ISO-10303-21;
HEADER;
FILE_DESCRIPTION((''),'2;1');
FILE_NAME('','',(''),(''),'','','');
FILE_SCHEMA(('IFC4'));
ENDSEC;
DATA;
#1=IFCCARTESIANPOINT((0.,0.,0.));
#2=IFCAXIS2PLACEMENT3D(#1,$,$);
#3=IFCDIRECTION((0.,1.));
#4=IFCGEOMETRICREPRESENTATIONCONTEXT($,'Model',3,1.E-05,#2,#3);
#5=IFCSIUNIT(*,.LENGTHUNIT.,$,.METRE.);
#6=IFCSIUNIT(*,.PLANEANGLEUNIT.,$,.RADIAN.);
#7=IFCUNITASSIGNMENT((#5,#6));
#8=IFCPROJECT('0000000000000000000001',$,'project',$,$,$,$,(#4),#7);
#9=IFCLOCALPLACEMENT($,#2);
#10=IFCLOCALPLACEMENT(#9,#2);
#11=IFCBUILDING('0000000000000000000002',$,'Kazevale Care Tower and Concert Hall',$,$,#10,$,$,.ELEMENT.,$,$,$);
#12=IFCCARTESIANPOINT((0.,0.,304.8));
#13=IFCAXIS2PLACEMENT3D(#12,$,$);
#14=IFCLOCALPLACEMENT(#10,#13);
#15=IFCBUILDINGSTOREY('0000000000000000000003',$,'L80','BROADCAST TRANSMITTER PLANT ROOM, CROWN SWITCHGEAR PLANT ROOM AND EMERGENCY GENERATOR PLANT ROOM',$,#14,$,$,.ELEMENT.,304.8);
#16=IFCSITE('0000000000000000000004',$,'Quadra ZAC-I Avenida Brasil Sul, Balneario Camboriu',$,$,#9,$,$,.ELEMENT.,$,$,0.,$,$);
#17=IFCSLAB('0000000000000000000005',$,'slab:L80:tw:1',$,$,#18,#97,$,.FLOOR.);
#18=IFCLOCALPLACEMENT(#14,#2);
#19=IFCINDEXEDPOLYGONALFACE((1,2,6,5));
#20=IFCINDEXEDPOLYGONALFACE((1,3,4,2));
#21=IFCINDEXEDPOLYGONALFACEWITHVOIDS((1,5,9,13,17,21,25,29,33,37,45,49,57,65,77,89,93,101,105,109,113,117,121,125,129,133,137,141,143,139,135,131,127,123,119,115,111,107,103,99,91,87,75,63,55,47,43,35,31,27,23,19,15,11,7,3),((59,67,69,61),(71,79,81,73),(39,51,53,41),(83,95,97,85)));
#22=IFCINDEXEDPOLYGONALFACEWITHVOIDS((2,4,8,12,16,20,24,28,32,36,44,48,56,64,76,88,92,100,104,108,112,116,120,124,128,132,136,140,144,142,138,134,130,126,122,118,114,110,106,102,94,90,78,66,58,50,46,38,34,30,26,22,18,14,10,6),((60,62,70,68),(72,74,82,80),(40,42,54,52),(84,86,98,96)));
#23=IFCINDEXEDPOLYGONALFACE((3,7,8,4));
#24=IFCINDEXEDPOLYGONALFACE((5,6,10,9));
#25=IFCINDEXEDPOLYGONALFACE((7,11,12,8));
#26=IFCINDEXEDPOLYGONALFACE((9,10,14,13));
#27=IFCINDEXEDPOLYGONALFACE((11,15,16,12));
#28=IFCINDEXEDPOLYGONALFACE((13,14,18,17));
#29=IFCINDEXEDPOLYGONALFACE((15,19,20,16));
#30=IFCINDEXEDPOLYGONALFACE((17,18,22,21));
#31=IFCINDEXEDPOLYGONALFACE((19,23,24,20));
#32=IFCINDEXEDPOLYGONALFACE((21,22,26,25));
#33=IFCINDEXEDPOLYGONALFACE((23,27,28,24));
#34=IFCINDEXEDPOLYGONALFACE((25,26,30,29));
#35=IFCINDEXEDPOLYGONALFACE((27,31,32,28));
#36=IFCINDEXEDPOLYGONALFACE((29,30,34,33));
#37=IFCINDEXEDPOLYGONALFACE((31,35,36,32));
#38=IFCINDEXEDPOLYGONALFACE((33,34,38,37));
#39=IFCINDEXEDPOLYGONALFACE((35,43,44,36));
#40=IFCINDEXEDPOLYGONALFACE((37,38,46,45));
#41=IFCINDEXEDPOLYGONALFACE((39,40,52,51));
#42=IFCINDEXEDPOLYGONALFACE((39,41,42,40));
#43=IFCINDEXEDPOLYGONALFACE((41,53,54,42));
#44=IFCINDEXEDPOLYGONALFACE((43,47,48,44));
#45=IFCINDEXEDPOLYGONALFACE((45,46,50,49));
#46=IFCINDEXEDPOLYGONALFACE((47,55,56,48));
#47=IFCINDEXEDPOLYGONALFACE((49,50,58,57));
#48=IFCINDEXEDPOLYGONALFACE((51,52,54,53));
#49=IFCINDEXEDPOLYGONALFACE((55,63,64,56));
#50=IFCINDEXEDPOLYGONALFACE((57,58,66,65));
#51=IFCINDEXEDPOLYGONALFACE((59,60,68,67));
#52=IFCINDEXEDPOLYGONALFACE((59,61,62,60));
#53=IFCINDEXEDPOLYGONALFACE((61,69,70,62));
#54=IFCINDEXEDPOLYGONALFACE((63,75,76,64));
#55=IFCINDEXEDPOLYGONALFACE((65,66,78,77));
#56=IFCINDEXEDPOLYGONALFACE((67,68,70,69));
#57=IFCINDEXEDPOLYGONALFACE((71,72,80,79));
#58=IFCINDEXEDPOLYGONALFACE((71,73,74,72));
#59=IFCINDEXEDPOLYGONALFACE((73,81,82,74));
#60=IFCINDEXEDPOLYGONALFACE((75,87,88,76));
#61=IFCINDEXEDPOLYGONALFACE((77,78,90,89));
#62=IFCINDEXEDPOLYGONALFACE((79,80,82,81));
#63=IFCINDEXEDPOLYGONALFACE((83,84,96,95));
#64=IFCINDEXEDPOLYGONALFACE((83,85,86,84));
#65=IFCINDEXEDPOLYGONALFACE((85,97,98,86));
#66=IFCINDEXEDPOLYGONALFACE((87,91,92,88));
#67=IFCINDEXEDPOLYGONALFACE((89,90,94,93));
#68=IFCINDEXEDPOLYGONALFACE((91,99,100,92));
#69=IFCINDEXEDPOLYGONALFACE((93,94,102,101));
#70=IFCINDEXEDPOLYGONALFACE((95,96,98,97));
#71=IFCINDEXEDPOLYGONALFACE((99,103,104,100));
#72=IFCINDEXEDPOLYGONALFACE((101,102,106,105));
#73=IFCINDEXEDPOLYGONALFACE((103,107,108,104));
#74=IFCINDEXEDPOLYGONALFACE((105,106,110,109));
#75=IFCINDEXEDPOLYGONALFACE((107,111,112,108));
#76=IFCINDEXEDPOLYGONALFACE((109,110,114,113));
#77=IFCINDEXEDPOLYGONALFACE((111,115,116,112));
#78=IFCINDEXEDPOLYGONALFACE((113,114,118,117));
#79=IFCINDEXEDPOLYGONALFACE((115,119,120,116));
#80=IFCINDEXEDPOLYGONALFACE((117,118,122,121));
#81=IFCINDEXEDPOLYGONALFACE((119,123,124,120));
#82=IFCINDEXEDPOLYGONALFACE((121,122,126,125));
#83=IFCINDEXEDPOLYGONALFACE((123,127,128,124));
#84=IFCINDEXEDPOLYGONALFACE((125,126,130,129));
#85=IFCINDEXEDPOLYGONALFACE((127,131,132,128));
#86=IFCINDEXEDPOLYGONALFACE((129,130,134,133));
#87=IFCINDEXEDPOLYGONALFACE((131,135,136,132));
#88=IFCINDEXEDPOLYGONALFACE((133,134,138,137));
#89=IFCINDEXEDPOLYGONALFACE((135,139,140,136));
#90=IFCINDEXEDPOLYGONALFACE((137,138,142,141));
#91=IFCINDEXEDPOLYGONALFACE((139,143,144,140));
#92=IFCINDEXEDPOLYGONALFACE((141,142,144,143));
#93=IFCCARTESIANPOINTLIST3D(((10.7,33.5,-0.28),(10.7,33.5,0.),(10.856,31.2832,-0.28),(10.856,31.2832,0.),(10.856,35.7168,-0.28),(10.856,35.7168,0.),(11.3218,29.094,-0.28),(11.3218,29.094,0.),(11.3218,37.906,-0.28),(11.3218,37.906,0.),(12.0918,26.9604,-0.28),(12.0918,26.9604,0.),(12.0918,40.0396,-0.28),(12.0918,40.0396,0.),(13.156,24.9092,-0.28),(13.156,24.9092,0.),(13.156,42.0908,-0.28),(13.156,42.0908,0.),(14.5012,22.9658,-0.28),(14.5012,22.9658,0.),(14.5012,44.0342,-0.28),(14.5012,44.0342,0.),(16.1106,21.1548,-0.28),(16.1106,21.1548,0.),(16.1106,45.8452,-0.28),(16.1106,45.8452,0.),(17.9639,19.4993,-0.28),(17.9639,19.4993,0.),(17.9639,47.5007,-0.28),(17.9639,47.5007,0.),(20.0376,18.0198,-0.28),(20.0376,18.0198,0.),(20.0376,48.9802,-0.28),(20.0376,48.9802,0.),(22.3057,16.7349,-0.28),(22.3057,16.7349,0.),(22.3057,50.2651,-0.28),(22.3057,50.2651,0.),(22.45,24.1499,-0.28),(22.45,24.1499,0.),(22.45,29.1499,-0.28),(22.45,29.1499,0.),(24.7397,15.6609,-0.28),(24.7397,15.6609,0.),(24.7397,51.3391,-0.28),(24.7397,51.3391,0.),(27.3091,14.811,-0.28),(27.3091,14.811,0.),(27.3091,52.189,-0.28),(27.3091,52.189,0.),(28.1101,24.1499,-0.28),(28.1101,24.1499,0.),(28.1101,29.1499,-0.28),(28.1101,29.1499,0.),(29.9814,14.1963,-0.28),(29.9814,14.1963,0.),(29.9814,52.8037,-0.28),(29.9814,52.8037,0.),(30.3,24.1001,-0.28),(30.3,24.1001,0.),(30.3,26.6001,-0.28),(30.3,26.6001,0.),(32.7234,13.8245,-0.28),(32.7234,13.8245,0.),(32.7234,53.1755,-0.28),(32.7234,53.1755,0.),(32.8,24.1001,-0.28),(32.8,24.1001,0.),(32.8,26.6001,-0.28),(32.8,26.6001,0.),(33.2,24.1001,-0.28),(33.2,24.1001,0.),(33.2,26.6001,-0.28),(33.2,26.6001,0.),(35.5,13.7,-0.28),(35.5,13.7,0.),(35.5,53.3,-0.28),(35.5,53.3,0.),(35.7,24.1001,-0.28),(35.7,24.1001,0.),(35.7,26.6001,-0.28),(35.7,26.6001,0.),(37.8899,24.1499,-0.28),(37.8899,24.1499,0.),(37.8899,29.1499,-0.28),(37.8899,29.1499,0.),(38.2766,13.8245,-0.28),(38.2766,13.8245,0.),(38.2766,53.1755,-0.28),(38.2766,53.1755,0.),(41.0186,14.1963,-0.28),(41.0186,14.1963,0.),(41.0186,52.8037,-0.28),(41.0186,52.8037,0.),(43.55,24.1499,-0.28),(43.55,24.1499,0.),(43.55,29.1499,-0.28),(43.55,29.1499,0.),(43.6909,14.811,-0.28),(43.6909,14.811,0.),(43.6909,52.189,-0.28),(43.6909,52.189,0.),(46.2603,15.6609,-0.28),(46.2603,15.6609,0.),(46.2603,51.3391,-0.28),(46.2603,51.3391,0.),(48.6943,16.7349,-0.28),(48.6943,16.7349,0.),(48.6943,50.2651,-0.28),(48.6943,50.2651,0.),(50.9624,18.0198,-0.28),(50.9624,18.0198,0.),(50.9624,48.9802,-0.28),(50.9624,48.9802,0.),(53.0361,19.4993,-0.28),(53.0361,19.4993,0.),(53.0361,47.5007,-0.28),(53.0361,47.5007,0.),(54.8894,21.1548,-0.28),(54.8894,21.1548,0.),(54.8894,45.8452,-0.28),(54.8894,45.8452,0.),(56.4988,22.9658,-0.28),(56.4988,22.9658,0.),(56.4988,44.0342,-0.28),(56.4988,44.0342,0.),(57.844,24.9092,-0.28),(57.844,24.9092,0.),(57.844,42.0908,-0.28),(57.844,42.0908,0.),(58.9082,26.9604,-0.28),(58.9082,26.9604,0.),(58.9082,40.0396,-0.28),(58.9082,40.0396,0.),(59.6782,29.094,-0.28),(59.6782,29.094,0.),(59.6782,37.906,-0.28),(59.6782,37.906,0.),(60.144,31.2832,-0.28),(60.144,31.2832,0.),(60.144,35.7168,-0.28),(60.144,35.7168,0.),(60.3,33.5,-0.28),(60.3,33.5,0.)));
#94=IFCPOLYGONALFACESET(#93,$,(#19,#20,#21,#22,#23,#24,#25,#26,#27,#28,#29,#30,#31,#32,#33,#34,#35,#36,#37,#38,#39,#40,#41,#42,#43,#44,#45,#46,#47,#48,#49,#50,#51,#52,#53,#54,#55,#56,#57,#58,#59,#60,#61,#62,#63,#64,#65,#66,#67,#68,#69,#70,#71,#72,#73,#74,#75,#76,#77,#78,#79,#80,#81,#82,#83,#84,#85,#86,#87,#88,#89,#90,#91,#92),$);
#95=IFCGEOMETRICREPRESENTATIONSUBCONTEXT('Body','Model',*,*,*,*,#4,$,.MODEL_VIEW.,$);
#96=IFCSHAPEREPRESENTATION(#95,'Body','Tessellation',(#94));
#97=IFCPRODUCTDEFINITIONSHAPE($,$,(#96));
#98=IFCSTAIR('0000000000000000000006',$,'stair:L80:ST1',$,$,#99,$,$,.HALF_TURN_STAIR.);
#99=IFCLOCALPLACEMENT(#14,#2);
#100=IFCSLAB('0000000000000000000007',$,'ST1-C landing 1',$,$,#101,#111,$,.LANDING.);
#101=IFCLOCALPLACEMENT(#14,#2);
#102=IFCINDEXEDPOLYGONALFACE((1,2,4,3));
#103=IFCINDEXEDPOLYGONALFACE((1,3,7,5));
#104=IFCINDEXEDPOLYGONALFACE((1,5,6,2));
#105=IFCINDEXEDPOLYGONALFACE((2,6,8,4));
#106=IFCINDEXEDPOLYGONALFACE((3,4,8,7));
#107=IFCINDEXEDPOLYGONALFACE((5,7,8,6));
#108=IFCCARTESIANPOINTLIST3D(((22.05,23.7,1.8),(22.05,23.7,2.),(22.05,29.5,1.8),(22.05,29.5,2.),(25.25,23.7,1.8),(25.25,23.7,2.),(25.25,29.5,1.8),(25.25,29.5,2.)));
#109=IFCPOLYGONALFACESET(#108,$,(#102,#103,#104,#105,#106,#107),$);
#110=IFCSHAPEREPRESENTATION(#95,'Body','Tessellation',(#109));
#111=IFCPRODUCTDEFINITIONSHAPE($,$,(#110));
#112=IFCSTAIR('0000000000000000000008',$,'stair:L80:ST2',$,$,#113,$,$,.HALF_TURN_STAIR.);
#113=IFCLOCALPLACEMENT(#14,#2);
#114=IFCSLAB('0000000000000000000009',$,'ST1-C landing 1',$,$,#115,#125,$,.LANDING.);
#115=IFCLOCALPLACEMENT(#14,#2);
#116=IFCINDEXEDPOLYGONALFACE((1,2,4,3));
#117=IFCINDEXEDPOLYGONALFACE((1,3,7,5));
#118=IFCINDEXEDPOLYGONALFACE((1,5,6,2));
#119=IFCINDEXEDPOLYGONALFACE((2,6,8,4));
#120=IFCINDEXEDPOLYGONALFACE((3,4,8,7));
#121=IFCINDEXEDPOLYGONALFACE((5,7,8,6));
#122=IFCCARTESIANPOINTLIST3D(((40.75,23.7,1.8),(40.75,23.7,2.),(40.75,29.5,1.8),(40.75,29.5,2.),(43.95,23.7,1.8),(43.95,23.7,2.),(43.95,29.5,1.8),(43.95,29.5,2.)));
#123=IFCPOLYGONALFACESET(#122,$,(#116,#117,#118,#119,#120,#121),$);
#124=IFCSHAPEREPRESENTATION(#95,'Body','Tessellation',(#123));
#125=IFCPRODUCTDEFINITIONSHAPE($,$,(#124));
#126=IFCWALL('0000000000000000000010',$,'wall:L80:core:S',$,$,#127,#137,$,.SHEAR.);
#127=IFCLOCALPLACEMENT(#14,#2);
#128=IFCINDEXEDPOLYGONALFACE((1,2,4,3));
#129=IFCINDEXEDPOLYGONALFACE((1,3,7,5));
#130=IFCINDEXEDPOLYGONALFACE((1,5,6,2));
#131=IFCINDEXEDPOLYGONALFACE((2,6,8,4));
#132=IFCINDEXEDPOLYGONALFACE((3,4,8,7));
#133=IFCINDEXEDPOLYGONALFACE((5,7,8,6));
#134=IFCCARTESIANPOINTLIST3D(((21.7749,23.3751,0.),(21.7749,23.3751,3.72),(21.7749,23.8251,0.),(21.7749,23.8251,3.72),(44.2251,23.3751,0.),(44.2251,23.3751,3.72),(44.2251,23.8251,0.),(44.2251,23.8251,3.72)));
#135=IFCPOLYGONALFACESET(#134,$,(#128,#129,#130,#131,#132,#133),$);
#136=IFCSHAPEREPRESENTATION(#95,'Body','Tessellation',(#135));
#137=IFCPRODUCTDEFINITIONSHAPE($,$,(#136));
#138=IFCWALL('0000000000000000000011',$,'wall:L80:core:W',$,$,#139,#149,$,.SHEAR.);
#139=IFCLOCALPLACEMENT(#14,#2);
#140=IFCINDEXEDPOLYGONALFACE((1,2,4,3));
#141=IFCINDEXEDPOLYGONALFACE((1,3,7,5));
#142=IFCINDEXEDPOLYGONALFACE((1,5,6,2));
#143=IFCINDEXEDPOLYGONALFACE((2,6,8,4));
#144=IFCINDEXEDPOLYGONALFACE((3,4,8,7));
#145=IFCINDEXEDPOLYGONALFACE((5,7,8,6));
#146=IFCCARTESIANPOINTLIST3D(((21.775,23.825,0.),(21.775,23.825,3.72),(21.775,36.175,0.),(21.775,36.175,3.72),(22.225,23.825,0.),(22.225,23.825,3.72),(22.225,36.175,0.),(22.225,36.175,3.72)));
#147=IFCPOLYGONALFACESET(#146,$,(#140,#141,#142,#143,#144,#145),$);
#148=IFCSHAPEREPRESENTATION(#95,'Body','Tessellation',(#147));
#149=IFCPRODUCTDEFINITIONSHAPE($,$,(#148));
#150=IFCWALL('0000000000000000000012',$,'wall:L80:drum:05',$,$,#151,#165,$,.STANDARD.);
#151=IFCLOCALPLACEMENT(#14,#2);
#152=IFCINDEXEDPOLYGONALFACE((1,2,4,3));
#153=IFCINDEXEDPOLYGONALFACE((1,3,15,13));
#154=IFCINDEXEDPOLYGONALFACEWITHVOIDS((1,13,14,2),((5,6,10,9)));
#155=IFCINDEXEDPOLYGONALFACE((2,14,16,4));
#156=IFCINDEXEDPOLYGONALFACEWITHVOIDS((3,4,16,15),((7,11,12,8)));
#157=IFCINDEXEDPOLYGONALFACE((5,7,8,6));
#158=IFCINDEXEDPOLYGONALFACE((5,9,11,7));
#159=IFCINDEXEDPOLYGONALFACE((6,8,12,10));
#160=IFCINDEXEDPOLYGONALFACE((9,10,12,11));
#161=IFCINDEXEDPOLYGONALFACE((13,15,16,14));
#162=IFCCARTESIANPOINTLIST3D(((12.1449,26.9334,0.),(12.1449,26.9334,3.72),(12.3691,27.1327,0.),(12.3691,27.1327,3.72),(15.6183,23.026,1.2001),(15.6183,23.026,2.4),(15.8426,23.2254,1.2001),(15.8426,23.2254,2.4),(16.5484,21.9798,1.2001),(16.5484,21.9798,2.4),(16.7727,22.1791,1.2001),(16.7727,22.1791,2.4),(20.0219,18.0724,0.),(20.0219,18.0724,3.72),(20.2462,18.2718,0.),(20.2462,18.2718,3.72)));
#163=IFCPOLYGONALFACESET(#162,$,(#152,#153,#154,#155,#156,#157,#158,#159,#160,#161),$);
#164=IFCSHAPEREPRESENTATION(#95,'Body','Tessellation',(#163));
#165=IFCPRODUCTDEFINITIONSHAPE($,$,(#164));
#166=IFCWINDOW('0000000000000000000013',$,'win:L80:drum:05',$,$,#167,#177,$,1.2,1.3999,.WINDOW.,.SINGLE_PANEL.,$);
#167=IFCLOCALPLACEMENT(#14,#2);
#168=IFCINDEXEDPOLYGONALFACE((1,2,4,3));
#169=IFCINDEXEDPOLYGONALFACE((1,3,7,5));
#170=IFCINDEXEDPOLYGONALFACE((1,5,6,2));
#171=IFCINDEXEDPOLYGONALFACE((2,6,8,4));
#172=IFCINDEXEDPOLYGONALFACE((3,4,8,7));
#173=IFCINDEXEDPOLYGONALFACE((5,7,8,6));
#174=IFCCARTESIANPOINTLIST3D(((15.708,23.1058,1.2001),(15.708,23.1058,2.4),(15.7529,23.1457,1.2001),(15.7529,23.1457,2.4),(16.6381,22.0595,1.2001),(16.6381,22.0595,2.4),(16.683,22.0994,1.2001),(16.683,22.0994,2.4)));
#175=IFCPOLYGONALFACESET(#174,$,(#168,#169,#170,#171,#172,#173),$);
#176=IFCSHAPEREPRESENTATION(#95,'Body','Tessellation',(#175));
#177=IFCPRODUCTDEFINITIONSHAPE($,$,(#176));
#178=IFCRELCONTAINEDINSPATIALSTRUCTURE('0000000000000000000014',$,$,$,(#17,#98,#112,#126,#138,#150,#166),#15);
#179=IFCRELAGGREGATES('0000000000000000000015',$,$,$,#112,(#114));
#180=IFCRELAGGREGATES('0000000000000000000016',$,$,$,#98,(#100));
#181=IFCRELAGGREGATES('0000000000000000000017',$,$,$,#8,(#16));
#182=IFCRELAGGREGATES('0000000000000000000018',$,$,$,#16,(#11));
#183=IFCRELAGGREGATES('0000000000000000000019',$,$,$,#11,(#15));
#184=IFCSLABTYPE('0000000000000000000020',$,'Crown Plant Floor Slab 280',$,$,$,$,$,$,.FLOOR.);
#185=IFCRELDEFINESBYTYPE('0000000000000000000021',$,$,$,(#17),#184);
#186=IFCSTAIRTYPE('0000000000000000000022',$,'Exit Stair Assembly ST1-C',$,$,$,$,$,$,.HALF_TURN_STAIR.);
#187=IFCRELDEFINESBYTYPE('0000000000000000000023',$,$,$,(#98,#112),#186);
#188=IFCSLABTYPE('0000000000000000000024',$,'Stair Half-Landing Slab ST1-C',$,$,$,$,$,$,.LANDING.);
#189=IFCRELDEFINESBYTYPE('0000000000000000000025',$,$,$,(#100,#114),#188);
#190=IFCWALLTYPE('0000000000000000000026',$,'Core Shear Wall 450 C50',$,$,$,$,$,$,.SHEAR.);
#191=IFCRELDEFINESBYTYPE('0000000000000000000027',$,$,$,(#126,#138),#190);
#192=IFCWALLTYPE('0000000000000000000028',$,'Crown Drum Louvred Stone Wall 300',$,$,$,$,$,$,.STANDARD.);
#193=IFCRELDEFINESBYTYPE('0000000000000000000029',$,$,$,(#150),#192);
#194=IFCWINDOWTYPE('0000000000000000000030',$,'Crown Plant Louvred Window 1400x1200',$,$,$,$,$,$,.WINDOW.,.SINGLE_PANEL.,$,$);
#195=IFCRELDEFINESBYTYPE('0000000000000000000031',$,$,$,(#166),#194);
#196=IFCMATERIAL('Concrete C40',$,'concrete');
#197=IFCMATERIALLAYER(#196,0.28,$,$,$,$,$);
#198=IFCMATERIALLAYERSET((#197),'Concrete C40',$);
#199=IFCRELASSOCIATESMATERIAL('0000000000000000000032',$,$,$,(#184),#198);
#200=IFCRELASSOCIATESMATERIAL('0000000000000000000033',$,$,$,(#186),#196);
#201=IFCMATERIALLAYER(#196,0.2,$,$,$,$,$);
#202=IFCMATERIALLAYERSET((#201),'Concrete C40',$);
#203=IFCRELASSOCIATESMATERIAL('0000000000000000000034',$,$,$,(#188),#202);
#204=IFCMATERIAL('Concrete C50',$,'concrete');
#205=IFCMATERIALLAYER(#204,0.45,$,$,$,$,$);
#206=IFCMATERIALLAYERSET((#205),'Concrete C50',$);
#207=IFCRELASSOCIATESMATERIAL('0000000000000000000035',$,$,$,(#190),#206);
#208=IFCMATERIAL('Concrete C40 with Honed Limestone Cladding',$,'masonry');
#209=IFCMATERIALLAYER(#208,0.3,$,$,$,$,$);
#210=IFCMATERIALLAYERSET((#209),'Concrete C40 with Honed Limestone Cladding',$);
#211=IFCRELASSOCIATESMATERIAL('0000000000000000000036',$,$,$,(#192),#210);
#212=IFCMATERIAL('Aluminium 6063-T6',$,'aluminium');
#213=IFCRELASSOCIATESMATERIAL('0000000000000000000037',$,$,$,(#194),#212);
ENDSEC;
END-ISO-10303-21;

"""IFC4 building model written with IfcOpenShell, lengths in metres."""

from ifc_helpers import new_model, si_unit, direction, frame, frame_2d, origin, place, context, subcontext, project, spatial, polyline, rectangle, outline, extrude, material, layer, layer_set, type_object, element, fill, aggregate, save


model = new_model("IFC4")

# Units and contexts
model_context = context("Model", 3, precision=1e-05, world=origin(), true_north=direction((0.0, 1.0)))
body_context = subcontext(model_context, "Body", "Model", "MODEL_VIEW")
ifc_project = project(units=[si_unit("LENGTHUNIT", "METRE"), si_unit("PLANEANGLEUNIT", "RADIAN")], contexts=[model_context])

# Site, building, storey
site_placement = place(None, origin())
site = spatial("IfcSite", under=ifc_project, at=site_placement, Name="Quadra ZAC-I Avenida Brasil Sul, Balneario Camboriu", CompositionType="ELEMENT", RefElevation=0.0)
building_placement = place(site_placement, origin())
building = spatial("IfcBuilding", under=site, at=building_placement, Name="Kazevale Care Tower and Concert Hall", CompositionType="ELEMENT")
storey_placement = place(building_placement, frame((0.0, 0.0, 304.8)))
storey = spatial("IfcBuildingStorey", under=building, at=storey_placement, Name="L80", Description="BROADCAST TRANSMITTER PLANT ROOM, CROWN SWITCHGEAR PLANT ROOM AND EMERGENCY GENERATOR PLANT ROOM", CompositionType="ELEMENT", Elevation=304.8)

# Shared definitions
ifc_material_1 = material(Name="Concrete C50", Category="concrete")

# Slab
ifc_material_2 = material(Name="Concrete C40", Category="concrete")
ifc_layer_1 = layer(ifc_material_2, 0.28)
ifc_layer_set_1 = layer_set([ifc_layer_1], Name="Concrete C40")
slab_type_1 = type_object("IfcSlabType", Name="Crown Plant Floor Slab 280", PredefinedType="FLOOR", material=ifc_layer_set_1)
slab_1_placement = place(storey_placement, frame((0.0, 0.0, -0.28)))
element("IfcSlab", 1, at=slab_1_placement, inside=storey, type_object=slab_type_1, Name="slab:L80:tw:1", PredefinedType="FLOOR", context=body_context, shape_type="SweptSolid", body=[
    extrude(outline(polyline([(60.3, 33.5), (60.144, 35.7168), (59.6782, 37.906), (58.9082, 40.0396), (57.844, 42.0908), (56.4988, 44.0342), (54.8894, 45.8452), (53.0361, 47.5007), (50.9624, 48.9802), (48.6943, 50.2651), (46.2603, 51.3391), (43.6909, 52.189), (41.0186, 52.8037), (38.2766, 53.1755), (35.5, 53.3), (32.7234, 53.1755), (29.9814, 52.8037), (27.3091, 52.189), (24.7397, 51.3391), (22.3057, 50.2651), (20.0376, 48.9802), (17.9639, 47.5007), (16.1106, 45.8452), (14.5012, 44.0342), (13.156, 42.0908), (12.0918, 40.0396), (11.3218, 37.906), (10.856, 35.7168), (10.7, 33.5), (10.856, 31.2832), (11.3218, 29.094), (12.0918, 26.9604), (13.156, 24.9092), (14.5012, 22.9658), (16.1106, 21.1548), (17.9639, 19.4993), (20.0376, 18.0198), (22.3057, 16.7349), (24.7397, 15.6609), (27.3091, 14.811), (29.9814, 14.1963), (32.7234, 13.8245), (35.5, 13.7), (38.2766, 13.8245), (41.0186, 14.1963), (43.6909, 14.811), (46.2603, 15.6609), (48.6943, 16.7349), (50.9624, 18.0198), (53.0361, 19.4993), (54.8894, 21.1548), (56.4988, 22.9658), (57.844, 24.9092), (58.9082, 26.9604), (59.6782, 29.094), (60.144, 31.2832), (60.3, 33.5)]), holes=[polyline([(22.45, 24.1499), (28.1101, 24.1499), (28.1101, 29.1499), (22.45, 29.1499), (22.45, 24.1499)]), polyline([(37.8899, 24.1499), (43.55, 24.1499), (43.55, 29.1499), (37.8899, 29.1499), (37.8899, 24.1499)]), polyline([(30.3, 24.1001), (32.8, 24.1001), (32.8, 26.6001), (30.3, 26.6001), (30.3, 24.1001)]), polyline([(33.2, 24.1001), (35.7, 24.1001), (35.7, 26.6001), (33.2, 26.6001), (33.2, 24.1001)])]), origin(), (0.0, 0.0, 1.0), 0.28),
])

# Stairs, slabs
stair_type = type_object("IfcStairType", Name="Exit Stair Assembly ST1-C", PredefinedType="HALF_TURN_STAIR", material=ifc_material_2)
stair_1_placement = place(storey_placement, origin())
stair_1 = element("IfcStair", 2, at=stair_1_placement, inside=storey, type_object=stair_type, Name="stair:L80:ST1", PredefinedType="HALF_TURN_STAIR")
ifc_layer_2 = layer(ifc_material_2, 0.2)
ifc_layer_set_2 = layer_set([ifc_layer_2], Name="Concrete C40")
slab_type_2 = type_object("IfcSlabType", Name="Stair Half-Landing Slab ST1-C", PredefinedType="LANDING", material=ifc_layer_set_2)
slab_2_placement = place(storey_placement, frame((0.0, 0.0, 1.8)))
slab_2 = element("IfcSlab", 3, at=slab_2_placement, type_object=slab_type_2, Name="ST1-C landing 1", PredefinedType="LANDING", context=body_context, shape_type="SweptSolid", body=[
    extrude(outline(polyline([(22.05, 23.7), (25.25, 23.7), (25.25, 29.5), (22.05, 29.5), (22.05, 23.7)])), origin(), (0.0, 0.0, 1.0), 0.2),
])
stair_2_placement = place(storey_placement, origin())
stair_2 = element("IfcStair", 4, at=stair_2_placement, inside=storey, type_object=stair_type, Name="stair:L80:ST2", PredefinedType="HALF_TURN_STAIR")
slab_3_placement = place(storey_placement, frame((0.0, 0.0, 1.8)))
slab_3 = element("IfcSlab", 5, at=slab_3_placement, type_object=slab_type_2, Name="ST1-C landing 1", PredefinedType="LANDING", context=body_context, shape_type="SweptSolid", body=[
    extrude(outline(polyline([(40.75, 23.7), (43.95, 23.7), (43.95, 29.5), (40.75, 29.5), (40.75, 23.7)])), origin(), (0.0, 0.0, 1.0), 0.2),
])
aggregate(stair_2, [slab_3])

# Walls
ifc_layer_3 = layer(ifc_material_1, 0.45)
ifc_layer_set_3 = layer_set([ifc_layer_3], Name="Concrete C50")
wall_type_1 = type_object("IfcWallType", Name="Core Shear Wall 450 C50", PredefinedType="SHEAR", material=ifc_layer_set_3)
wall_1_placement = place(storey_placement, frame((21.7749, 23.6001, 0.0), z_axis=(0.0, 0.0, 1.0), x_axis=(1.0, 0.0, 0.0)))
element("IfcWall", 6, at=wall_1_placement, inside=storey, type_object=wall_type_1, Name="wall:L80:core:S", PredefinedType="SHEAR", context=body_context, shape_type="SweptSolid", body=[
    extrude(rectangle(XDim=22.4502, YDim=0.45, at=frame_2d((11.2251, 0.0))), origin(), (0.0, 0.0, 1.0), 3.72),
])
wall_2_placement = place(storey_placement, frame((22.0, 23.825, 0.0), z_axis=(0.0, 0.0, 1.0), x_axis=(0.0, 1.0, 0.0)))
element("IfcWall", 7, at=wall_2_placement, inside=storey, type_object=wall_type_1, Name="wall:L80:core:W", PredefinedType="SHEAR", context=body_context, shape_type="SweptSolid", body=[
    extrude(rectangle(XDim=12.3501, YDim=0.45, at=frame_2d((6.175, 0.0))), origin(), (0.0, 0.0, 1.0), 3.72),
])

# Wall, opening, window
ifc_material_3 = material(Name="Concrete C40 with Honed Limestone Cladding", Category="masonry")
ifc_layer_4 = layer(ifc_material_3, 0.3)
ifc_layer_set_4 = layer_set([ifc_layer_4], Name="Concrete C40 with Honed Limestone Cladding")
wall_type_2 = type_object("IfcWallType", Name="Crown Drum Louvred Stone Wall 300", PredefinedType="STANDARD", material=ifc_layer_set_4)
wall_3_placement = place(storey_placement, frame((20.134, 18.1721, 0.0), z_axis=(0.0, 0.0, 1.0), x_axis=(-0.664395, 0.747382, 0.0)))
wall_3 = element("IfcWall", 8, at=wall_3_placement, inside=storey, type_object=wall_type_2, Name="wall:L80:drum:05", PredefinedType="STANDARD", context=body_context, shape_type="SweptSolid", body=[
    extrude(rectangle(XDim=11.856, YDim=0.3, at=frame_2d((5.928, 0.0))), origin(), (0.0, 0.0, 1.0), 3.72),
])
opening_1_placement = place(wall_3_placement, frame((5.228, 0.0, 1.2)))
opening_1 = element("IfcOpeningElement", 9, at=opening_1_placement, cuts=wall_3, PredefinedType="OPENING", context=body_context, shape_type="SweptSolid", body=[
    extrude(rectangle(XDim=1.3999, YDim=1.2, at=frame_2d((0.7, 0.6001))), frame((0.0, 0.1599, 0.0), z_axis=(0.0, -1.0, 0.0), x_axis=(1.0, 0.0, 0.0)), (0.0, 0.0, 1.0), 0.3201),
])
ifc_material_4 = material(Name="Aluminium 6063-T6", Category="aluminium")
window_type = type_object("IfcWindowType", Name="Crown Plant Louvred Window 1400x1200", PartitioningType="SINGLE_PANEL", PredefinedType="WINDOW", material=ifc_material_4)
window_placement = place(opening_1_placement, origin())
window = element("IfcWindow", 10, at=window_placement, inside=storey, type_object=window_type, Name="win:L80:drum:05", OverallHeight=1.2, OverallWidth=1.3999, PartitioningType="SINGLE_PANEL", PredefinedType="WINDOW", context=body_context, shape_type="SweptSolid", body=[
    extrude(rectangle(XDim=1.3999, YDim=1.2, at=frame_2d((0.7, 0.6001))), frame((0.0, 0.03, 0.0), z_axis=(0.0, -1.0, 0.0), x_axis=(1.0, 0.0, 0.0)), (0.0, 0.0, 1.0), 0.0601),
])
fill(opening_1, window)

aggregate(stair_1, [slab_2])

save(model, "model.ifc")
